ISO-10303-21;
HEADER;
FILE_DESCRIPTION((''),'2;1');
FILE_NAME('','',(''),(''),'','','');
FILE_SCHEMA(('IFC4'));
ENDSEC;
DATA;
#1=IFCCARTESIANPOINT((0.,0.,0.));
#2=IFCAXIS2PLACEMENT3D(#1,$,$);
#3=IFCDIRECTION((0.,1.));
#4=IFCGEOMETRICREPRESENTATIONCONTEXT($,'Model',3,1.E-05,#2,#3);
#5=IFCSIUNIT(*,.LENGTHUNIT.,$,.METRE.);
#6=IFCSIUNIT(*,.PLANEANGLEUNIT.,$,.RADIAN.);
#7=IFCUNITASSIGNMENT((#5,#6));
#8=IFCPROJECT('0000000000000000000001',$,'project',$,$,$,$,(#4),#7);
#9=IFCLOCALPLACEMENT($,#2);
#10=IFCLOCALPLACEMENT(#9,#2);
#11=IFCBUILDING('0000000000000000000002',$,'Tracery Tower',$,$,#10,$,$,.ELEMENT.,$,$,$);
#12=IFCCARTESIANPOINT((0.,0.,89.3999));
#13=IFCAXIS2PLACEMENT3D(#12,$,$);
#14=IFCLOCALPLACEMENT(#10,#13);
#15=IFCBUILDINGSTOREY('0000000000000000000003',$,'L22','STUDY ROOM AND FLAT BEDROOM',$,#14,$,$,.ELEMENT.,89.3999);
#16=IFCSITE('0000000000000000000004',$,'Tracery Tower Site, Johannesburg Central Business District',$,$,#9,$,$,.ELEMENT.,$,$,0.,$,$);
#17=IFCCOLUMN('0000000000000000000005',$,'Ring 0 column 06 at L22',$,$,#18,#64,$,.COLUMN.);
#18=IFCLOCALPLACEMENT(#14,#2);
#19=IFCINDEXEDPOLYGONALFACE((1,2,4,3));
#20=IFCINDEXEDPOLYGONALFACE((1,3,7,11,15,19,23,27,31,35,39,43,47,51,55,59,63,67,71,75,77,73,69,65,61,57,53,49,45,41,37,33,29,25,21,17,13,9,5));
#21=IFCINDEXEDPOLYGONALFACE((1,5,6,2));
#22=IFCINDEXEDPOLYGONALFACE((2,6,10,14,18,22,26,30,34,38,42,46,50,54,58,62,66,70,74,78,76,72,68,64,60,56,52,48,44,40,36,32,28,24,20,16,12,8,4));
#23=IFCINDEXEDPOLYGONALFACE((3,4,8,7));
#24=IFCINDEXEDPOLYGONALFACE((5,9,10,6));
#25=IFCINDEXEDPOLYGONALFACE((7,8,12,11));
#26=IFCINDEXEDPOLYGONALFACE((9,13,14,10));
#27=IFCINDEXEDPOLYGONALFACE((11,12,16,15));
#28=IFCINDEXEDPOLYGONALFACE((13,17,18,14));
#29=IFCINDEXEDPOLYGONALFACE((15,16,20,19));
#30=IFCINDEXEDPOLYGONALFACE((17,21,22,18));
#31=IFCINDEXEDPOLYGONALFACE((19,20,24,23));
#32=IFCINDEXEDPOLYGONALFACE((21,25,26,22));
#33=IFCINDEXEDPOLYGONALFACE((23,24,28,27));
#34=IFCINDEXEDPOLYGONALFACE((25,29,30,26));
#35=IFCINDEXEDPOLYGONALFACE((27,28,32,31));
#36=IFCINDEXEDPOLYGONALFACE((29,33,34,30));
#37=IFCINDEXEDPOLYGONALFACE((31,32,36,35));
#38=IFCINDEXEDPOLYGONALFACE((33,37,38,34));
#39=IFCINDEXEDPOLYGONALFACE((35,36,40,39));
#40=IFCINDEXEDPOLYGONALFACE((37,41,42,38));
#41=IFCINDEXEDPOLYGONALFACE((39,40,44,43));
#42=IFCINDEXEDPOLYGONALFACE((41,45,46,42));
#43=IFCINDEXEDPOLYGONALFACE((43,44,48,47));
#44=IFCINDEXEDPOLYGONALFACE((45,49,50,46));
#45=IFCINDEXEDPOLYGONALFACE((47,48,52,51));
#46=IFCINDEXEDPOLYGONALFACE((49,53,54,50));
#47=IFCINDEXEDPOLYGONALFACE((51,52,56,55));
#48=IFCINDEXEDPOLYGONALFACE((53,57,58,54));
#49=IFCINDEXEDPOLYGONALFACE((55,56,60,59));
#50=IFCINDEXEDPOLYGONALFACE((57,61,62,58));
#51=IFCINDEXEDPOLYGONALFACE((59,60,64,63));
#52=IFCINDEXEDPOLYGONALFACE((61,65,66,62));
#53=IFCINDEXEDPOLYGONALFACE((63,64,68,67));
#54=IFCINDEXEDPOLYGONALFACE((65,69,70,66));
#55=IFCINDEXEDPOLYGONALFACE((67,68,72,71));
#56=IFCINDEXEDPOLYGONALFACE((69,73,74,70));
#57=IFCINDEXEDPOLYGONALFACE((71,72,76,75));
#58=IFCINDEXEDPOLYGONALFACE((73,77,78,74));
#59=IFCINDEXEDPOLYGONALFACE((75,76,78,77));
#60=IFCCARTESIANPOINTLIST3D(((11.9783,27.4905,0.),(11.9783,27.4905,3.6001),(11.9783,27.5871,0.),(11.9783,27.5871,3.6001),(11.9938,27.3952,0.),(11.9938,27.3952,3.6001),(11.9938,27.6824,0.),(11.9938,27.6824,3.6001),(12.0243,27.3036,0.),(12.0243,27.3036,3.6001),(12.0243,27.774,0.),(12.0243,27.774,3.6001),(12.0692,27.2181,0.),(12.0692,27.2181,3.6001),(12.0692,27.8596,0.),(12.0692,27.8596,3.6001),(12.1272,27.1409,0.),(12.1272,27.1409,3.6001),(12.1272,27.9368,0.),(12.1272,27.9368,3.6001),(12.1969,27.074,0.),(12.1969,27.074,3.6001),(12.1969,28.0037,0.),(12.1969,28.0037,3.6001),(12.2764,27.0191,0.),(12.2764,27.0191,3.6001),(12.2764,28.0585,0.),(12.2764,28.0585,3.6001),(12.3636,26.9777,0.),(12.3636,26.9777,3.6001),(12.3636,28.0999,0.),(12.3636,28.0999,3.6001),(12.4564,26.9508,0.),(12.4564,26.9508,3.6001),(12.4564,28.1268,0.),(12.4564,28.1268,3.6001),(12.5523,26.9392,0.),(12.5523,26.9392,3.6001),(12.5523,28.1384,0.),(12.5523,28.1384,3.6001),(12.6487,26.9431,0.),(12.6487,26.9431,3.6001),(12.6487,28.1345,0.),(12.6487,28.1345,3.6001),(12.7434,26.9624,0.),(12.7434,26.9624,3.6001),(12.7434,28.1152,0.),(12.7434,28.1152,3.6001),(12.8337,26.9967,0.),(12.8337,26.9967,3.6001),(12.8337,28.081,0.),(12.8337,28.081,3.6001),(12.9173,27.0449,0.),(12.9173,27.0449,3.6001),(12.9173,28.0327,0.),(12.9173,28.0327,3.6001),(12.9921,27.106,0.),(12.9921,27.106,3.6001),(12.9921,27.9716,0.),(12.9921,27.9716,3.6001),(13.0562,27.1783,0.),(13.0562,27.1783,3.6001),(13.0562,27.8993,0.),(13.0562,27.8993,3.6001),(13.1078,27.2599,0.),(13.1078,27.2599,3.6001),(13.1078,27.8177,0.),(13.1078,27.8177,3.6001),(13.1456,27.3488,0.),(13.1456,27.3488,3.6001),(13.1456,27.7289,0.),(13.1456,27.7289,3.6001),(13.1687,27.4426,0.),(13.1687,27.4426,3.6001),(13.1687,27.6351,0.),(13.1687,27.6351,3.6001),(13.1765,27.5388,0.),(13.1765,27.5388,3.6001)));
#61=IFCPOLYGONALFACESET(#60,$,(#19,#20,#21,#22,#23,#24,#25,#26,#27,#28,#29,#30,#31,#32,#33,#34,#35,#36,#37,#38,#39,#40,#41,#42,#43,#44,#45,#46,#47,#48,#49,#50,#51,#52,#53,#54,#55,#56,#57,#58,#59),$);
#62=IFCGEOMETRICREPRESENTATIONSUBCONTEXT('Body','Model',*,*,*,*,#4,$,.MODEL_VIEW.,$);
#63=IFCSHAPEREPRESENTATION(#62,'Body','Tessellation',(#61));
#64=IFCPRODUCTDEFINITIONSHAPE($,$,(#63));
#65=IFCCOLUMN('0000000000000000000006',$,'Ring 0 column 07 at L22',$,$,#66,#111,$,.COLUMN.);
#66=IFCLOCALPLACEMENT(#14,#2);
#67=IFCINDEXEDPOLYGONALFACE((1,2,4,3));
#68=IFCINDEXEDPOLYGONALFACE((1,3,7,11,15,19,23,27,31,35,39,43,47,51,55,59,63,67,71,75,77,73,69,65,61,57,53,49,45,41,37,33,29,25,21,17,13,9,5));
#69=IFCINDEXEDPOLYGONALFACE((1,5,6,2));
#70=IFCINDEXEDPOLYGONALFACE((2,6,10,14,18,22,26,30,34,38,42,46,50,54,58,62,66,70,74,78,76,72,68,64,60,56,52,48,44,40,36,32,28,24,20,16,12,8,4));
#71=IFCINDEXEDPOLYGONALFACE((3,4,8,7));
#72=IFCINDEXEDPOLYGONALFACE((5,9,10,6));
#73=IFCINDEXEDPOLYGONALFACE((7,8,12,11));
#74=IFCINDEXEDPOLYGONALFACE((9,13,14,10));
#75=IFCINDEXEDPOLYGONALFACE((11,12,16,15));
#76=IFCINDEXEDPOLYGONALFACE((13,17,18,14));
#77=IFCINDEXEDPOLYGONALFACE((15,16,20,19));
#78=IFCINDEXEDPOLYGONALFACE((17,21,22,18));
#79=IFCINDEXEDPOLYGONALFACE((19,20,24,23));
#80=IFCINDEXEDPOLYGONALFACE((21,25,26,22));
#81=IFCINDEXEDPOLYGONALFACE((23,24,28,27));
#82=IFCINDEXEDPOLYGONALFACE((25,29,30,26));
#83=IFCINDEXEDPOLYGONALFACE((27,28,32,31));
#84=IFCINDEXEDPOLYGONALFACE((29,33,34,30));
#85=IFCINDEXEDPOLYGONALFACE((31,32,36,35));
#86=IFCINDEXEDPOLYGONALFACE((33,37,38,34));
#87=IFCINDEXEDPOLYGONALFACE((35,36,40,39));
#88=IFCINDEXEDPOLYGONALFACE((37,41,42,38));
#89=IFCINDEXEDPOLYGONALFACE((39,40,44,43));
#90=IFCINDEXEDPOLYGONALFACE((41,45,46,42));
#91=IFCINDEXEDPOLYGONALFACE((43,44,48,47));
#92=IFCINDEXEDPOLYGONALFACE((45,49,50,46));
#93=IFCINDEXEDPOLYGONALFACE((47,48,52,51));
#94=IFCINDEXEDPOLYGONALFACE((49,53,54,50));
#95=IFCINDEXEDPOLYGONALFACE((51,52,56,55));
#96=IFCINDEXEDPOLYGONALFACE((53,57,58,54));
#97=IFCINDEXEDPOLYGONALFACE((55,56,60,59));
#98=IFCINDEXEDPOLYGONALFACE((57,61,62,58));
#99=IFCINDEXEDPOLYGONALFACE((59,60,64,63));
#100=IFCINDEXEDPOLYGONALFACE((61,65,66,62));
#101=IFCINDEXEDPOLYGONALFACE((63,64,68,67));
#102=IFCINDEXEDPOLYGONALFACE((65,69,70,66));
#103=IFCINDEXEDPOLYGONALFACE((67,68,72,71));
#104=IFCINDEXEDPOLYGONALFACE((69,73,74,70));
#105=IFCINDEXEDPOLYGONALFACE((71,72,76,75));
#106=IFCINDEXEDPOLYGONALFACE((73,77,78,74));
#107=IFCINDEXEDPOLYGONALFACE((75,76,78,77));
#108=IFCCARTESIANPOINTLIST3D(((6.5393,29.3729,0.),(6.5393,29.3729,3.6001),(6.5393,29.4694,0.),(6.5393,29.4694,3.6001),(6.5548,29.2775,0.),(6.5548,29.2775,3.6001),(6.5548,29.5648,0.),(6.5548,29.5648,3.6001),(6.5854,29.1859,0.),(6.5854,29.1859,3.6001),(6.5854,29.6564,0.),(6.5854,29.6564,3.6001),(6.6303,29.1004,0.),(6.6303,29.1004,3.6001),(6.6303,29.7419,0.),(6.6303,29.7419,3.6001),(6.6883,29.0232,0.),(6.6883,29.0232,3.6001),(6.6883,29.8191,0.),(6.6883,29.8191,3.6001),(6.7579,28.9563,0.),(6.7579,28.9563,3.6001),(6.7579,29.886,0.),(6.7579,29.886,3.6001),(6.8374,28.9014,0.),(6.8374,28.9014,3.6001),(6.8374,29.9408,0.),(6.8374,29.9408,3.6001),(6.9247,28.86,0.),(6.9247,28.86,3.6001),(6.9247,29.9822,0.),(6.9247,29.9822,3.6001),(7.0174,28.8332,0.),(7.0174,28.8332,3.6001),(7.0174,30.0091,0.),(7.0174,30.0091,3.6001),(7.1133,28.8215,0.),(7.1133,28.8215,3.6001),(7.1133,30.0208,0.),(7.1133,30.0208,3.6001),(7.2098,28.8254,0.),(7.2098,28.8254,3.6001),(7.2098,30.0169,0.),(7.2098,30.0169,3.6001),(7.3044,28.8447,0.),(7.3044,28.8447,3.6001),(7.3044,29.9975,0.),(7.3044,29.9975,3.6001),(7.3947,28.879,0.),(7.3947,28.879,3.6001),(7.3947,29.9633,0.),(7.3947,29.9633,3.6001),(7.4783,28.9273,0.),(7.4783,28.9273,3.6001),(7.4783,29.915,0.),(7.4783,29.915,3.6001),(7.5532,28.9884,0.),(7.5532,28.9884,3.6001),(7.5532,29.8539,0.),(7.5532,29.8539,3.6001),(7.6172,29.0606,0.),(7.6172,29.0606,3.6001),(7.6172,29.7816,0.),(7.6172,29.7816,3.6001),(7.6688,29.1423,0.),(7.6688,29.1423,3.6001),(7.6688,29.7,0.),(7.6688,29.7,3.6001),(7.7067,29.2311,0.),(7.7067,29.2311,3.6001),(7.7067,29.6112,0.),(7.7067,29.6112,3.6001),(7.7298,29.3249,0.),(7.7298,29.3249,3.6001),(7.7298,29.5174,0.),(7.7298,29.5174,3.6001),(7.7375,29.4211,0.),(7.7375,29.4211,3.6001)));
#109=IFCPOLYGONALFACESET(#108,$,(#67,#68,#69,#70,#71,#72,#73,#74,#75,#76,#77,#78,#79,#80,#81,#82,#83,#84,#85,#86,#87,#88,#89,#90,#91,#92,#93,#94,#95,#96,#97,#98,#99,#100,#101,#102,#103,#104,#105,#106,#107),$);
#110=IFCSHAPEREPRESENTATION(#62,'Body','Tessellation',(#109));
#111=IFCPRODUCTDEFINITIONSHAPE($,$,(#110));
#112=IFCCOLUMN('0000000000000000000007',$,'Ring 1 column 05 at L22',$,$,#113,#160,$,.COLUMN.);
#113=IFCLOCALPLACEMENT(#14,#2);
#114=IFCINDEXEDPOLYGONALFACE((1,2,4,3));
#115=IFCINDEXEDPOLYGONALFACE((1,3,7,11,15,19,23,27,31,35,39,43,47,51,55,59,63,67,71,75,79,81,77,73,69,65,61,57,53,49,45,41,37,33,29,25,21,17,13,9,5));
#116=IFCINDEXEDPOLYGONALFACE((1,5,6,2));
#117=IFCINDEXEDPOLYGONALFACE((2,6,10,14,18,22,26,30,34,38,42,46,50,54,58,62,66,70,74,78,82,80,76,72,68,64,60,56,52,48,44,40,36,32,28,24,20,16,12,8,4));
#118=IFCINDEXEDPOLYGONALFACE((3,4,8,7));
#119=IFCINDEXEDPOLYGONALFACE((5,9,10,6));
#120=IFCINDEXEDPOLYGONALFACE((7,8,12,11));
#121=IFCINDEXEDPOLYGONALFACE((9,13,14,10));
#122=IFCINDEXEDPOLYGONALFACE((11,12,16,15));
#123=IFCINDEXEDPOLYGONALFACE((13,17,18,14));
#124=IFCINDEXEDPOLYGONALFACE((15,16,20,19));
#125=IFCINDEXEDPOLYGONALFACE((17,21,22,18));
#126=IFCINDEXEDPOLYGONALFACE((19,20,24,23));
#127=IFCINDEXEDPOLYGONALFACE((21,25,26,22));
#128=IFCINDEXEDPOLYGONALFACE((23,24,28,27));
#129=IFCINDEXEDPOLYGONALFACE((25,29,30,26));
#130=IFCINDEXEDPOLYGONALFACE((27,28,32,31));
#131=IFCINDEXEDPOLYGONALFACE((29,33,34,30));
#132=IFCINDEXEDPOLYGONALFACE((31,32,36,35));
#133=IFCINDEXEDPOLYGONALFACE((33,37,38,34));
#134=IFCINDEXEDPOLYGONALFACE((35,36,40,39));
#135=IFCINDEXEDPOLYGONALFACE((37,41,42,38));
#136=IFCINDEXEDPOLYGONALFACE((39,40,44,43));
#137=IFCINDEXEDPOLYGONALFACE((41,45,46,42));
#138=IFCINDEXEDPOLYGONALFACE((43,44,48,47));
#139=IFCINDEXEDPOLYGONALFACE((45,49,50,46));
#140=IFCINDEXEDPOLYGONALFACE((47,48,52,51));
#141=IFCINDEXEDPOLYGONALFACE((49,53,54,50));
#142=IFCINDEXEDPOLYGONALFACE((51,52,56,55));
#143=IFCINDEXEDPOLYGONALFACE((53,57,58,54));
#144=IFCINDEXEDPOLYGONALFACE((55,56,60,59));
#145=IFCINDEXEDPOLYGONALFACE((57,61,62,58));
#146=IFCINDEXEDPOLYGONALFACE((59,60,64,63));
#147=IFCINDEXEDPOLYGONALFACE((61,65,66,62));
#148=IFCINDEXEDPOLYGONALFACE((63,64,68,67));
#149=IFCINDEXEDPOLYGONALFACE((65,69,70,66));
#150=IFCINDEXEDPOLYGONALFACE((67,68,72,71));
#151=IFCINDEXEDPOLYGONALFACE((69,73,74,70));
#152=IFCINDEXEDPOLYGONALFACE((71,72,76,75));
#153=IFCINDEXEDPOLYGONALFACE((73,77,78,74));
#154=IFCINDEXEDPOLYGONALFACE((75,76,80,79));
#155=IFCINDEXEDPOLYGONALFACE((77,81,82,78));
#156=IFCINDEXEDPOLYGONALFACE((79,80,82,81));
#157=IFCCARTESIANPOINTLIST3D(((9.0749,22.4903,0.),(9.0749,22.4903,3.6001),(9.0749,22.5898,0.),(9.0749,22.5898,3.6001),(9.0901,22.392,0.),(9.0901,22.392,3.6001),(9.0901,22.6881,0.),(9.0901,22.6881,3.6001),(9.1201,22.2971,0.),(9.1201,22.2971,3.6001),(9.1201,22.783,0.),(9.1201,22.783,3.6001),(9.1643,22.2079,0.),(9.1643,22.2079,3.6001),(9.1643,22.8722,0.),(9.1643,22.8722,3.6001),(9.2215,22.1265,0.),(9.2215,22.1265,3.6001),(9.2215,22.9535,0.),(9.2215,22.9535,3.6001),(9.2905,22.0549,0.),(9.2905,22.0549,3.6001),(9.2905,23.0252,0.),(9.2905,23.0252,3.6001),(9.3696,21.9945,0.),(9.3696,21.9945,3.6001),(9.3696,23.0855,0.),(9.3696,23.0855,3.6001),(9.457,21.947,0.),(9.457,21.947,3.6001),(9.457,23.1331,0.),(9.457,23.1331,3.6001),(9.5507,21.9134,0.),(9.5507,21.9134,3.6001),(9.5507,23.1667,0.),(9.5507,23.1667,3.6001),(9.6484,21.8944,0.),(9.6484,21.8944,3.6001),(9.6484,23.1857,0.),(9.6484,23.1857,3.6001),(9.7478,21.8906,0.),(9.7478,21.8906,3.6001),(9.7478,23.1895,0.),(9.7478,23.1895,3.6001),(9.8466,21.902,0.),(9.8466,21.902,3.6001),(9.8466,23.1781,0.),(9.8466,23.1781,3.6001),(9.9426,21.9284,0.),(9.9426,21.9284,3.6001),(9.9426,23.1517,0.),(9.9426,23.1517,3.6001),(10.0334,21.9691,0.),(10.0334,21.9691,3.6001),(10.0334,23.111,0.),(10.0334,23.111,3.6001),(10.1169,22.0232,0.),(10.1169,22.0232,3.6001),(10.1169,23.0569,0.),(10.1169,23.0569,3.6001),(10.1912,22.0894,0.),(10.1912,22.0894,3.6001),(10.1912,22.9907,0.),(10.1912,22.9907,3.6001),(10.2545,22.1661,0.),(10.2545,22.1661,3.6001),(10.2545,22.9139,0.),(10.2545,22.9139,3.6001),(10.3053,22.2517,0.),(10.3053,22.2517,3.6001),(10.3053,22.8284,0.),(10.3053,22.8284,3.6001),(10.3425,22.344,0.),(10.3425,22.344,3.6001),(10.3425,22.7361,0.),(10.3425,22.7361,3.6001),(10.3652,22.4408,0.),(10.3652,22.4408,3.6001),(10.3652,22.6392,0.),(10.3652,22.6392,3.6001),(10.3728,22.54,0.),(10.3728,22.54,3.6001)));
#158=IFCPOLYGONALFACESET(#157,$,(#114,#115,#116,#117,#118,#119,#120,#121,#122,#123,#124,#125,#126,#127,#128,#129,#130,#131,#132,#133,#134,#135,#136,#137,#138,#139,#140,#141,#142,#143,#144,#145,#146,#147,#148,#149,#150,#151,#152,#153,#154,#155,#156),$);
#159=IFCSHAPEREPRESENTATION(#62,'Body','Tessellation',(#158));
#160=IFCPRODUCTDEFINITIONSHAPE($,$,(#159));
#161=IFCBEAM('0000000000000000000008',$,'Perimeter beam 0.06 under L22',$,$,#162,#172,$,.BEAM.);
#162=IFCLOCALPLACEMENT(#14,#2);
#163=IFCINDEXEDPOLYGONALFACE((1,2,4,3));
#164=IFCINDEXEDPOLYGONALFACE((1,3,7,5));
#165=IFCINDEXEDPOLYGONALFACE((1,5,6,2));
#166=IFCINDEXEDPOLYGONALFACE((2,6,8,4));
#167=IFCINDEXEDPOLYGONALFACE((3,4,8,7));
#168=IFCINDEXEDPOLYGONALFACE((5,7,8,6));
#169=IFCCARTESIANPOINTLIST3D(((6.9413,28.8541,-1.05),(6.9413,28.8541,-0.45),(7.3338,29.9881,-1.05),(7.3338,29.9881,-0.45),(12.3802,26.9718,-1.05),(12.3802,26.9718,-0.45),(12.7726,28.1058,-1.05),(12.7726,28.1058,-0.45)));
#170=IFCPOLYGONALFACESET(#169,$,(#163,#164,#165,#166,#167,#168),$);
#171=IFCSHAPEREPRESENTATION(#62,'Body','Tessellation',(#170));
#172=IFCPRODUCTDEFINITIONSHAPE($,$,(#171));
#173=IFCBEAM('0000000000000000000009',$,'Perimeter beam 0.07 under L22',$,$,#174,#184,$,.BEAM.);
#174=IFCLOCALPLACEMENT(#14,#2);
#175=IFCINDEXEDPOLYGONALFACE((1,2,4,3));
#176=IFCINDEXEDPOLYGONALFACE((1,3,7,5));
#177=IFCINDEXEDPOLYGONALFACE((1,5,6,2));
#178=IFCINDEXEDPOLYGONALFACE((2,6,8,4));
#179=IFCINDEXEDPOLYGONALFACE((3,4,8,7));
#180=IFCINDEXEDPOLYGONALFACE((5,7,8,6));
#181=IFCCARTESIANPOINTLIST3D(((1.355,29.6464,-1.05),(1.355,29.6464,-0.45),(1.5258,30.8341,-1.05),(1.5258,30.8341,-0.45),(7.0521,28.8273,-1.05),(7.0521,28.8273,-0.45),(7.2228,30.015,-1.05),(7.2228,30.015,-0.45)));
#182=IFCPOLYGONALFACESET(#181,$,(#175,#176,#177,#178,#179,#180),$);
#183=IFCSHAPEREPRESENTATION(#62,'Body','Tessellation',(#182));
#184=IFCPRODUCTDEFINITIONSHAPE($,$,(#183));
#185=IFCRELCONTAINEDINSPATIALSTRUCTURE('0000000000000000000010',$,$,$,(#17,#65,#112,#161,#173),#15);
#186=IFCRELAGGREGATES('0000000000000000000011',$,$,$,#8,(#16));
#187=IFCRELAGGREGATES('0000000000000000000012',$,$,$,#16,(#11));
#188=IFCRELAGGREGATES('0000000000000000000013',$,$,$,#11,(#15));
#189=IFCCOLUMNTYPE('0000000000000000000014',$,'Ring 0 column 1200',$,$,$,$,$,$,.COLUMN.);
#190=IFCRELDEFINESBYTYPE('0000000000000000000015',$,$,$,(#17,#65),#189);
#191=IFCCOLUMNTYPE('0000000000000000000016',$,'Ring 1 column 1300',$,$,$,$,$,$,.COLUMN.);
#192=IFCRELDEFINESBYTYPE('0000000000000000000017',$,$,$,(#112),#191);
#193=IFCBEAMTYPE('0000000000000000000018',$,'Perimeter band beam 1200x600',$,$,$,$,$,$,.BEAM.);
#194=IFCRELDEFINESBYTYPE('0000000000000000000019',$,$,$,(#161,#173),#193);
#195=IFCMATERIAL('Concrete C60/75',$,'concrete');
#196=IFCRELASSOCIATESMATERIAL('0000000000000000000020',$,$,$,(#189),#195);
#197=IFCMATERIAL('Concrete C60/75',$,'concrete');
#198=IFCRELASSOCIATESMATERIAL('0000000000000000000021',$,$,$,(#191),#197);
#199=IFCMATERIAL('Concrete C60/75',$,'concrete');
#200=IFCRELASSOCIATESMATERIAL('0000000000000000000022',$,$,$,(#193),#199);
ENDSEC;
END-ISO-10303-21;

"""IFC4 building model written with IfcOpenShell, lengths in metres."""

from ifc_helpers import new_model, si_unit, direction, frame, origin, origin_2d, place, context, subcontext, project, spatial, rectangle, circle, extrude, material, material_profile, profile_set, type_object, element, save


model = new_model("IFC4")

# Units and contexts
model_context = context("Model", 3, precision=1e-05, world=origin(), true_north=direction((0.0, 1.0)))
body_context = subcontext(model_context, "Body", "Model", "MODEL_VIEW")
ifc_project = project(units=[si_unit("LENGTHUNIT", "METRE"), si_unit("PLANEANGLEUNIT", "RADIAN")], contexts=[model_context])

# Site, building, storey
site_placement = place(None, origin())
site = spatial("IfcSite", under=ifc_project, at=site_placement, Name="Tracery Tower Site, Johannesburg Central Business District", CompositionType="ELEMENT", RefElevation=0.0)
building_placement = place(site_placement, origin())
building = spatial("IfcBuilding", under=site, at=building_placement, Name="Tracery Tower", CompositionType="ELEMENT")
storey_placement = place(building_placement, frame((0.0, 0.0, 89.3999)))
storey = spatial("IfcBuildingStorey", under=building, at=storey_placement, Name="L22", Description="STUDY ROOM AND FLAT BEDROOM", CompositionType="ELEMENT", Elevation=89.3999)

# Columns
ifc_material_1 = material(Name="Concrete C60/75", Category="concrete")
ifc_material_profile_1 = material_profile(ifc_material_1, circle(Radius=0.6001, at=origin_2d()), Name="RC D1200")
ifc_profile_set_1 = profile_set([ifc_material_profile_1], Name="Concrete C60/75")
column_type_1 = type_object("IfcColumnType", Name="Ring 0 column 1200", PredefinedType="COLUMN", material=ifc_profile_set_1)
for number, where, z_axis, x_axis, name in (
    (1, (12.5764, 27.5388, 0.0), (0.0, 0.0, 1.0), (1.0, 0.0, 0.0), "Ring 0 column 06 at L22"),
    (2, (7.1375, 29.4211, 0.0), (0.0, 0.0, 1.0), (1.0, 0.0, 0.0), "Ring 0 column 07 at L22"),
):
    element("IfcColumn", number, at=place(storey_placement, frame(where, z_axis=z_axis, x_axis=x_axis)), inside=storey, type_object=column_type_1, Name=name, PredefinedType="COLUMN", context=body_context, shape_type="SweptSolid", body=[
        extrude(circle(Radius=0.6001, at=origin_2d()), origin(), (0.0, 0.0, 1.0), 3.6001),
    ])
ifc_material_2 = material(Name="Concrete C60/75", Category="concrete")
ifc_material_profile_2 = material_profile(ifc_material_2, circle(Radius=0.6499, at=origin_2d()), Name="RC D1300")
ifc_profile_set_2 = profile_set([ifc_material_profile_2], Name="Concrete C60/75")
column_type_2 = type_object("IfcColumnType", Name="Ring 1 column 1300", PredefinedType="COLUMN", material=ifc_profile_set_2)
column_placement = place(storey_placement, frame((9.7229, 22.54, 0.0), z_axis=(0.0, 0.0, 1.0), x_axis=(1.0, 0.0, 0.0)))
element("IfcColumn", 3, at=column_placement, inside=storey, type_object=column_type_2, Name="Ring 1 column 05 at L22", PredefinedType="COLUMN", context=body_context, shape_type="SweptSolid", body=[
    extrude(circle(Radius=0.6499, at=origin_2d()), origin(), (0.0, 0.0, 1.0), 3.6001),
])

# Beams
ifc_material_3 = material(Name="Concrete C60/75", Category="concrete")
ifc_material_profile_3 = material_profile(ifc_material_3, rectangle(XDim=1.2, YDim=0.6001, at=origin_2d()), Name="RC 1200x600")
ifc_profile_set_3 = profile_set([ifc_material_profile_3], Name="Concrete C60/75")
beam_type = type_object("IfcBeamType", Name="Perimeter band beam 1200x600", PredefinedType="BEAM", material=ifc_profile_set_3)
beam_1_placement = place(storey_placement, frame((12.5764, 27.5388, -0.75), z_axis=(-0.945007, 0.327049, 0.0), x_axis=(-0.327049, -0.945007, 0.0)))
element("IfcBeam", 4, at=beam_1_placement, inside=storey, type_object=beam_type, Name="Perimeter beam 0.06 under L22", PredefinedType="BEAM", context=body_context, shape_type="SweptSolid", body=[
    extrude(rectangle(XDim=1.2, YDim=0.6001, at=origin_2d()), origin(), (0.0, 0.0, 1.0), 5.7554),
])
beam_2_placement = place(storey_placement, frame((7.1375, 29.4211, -0.75), z_axis=(-0.989822, 0.142312, 0.0), x_axis=(-0.142312, -0.989822, 0.0)))
element("IfcBeam", 5, at=beam_2_placement, inside=storey, type_object=beam_type, Name="Perimeter beam 0.07 under L22", PredefinedType="BEAM", context=body_context, shape_type="SweptSolid", body=[
    extrude(rectangle(XDim=1.2, YDim=0.6001, at=origin_2d()), origin(), (0.0, 0.0, 1.0), 5.7556),
])

save(model, "model.ifc")
